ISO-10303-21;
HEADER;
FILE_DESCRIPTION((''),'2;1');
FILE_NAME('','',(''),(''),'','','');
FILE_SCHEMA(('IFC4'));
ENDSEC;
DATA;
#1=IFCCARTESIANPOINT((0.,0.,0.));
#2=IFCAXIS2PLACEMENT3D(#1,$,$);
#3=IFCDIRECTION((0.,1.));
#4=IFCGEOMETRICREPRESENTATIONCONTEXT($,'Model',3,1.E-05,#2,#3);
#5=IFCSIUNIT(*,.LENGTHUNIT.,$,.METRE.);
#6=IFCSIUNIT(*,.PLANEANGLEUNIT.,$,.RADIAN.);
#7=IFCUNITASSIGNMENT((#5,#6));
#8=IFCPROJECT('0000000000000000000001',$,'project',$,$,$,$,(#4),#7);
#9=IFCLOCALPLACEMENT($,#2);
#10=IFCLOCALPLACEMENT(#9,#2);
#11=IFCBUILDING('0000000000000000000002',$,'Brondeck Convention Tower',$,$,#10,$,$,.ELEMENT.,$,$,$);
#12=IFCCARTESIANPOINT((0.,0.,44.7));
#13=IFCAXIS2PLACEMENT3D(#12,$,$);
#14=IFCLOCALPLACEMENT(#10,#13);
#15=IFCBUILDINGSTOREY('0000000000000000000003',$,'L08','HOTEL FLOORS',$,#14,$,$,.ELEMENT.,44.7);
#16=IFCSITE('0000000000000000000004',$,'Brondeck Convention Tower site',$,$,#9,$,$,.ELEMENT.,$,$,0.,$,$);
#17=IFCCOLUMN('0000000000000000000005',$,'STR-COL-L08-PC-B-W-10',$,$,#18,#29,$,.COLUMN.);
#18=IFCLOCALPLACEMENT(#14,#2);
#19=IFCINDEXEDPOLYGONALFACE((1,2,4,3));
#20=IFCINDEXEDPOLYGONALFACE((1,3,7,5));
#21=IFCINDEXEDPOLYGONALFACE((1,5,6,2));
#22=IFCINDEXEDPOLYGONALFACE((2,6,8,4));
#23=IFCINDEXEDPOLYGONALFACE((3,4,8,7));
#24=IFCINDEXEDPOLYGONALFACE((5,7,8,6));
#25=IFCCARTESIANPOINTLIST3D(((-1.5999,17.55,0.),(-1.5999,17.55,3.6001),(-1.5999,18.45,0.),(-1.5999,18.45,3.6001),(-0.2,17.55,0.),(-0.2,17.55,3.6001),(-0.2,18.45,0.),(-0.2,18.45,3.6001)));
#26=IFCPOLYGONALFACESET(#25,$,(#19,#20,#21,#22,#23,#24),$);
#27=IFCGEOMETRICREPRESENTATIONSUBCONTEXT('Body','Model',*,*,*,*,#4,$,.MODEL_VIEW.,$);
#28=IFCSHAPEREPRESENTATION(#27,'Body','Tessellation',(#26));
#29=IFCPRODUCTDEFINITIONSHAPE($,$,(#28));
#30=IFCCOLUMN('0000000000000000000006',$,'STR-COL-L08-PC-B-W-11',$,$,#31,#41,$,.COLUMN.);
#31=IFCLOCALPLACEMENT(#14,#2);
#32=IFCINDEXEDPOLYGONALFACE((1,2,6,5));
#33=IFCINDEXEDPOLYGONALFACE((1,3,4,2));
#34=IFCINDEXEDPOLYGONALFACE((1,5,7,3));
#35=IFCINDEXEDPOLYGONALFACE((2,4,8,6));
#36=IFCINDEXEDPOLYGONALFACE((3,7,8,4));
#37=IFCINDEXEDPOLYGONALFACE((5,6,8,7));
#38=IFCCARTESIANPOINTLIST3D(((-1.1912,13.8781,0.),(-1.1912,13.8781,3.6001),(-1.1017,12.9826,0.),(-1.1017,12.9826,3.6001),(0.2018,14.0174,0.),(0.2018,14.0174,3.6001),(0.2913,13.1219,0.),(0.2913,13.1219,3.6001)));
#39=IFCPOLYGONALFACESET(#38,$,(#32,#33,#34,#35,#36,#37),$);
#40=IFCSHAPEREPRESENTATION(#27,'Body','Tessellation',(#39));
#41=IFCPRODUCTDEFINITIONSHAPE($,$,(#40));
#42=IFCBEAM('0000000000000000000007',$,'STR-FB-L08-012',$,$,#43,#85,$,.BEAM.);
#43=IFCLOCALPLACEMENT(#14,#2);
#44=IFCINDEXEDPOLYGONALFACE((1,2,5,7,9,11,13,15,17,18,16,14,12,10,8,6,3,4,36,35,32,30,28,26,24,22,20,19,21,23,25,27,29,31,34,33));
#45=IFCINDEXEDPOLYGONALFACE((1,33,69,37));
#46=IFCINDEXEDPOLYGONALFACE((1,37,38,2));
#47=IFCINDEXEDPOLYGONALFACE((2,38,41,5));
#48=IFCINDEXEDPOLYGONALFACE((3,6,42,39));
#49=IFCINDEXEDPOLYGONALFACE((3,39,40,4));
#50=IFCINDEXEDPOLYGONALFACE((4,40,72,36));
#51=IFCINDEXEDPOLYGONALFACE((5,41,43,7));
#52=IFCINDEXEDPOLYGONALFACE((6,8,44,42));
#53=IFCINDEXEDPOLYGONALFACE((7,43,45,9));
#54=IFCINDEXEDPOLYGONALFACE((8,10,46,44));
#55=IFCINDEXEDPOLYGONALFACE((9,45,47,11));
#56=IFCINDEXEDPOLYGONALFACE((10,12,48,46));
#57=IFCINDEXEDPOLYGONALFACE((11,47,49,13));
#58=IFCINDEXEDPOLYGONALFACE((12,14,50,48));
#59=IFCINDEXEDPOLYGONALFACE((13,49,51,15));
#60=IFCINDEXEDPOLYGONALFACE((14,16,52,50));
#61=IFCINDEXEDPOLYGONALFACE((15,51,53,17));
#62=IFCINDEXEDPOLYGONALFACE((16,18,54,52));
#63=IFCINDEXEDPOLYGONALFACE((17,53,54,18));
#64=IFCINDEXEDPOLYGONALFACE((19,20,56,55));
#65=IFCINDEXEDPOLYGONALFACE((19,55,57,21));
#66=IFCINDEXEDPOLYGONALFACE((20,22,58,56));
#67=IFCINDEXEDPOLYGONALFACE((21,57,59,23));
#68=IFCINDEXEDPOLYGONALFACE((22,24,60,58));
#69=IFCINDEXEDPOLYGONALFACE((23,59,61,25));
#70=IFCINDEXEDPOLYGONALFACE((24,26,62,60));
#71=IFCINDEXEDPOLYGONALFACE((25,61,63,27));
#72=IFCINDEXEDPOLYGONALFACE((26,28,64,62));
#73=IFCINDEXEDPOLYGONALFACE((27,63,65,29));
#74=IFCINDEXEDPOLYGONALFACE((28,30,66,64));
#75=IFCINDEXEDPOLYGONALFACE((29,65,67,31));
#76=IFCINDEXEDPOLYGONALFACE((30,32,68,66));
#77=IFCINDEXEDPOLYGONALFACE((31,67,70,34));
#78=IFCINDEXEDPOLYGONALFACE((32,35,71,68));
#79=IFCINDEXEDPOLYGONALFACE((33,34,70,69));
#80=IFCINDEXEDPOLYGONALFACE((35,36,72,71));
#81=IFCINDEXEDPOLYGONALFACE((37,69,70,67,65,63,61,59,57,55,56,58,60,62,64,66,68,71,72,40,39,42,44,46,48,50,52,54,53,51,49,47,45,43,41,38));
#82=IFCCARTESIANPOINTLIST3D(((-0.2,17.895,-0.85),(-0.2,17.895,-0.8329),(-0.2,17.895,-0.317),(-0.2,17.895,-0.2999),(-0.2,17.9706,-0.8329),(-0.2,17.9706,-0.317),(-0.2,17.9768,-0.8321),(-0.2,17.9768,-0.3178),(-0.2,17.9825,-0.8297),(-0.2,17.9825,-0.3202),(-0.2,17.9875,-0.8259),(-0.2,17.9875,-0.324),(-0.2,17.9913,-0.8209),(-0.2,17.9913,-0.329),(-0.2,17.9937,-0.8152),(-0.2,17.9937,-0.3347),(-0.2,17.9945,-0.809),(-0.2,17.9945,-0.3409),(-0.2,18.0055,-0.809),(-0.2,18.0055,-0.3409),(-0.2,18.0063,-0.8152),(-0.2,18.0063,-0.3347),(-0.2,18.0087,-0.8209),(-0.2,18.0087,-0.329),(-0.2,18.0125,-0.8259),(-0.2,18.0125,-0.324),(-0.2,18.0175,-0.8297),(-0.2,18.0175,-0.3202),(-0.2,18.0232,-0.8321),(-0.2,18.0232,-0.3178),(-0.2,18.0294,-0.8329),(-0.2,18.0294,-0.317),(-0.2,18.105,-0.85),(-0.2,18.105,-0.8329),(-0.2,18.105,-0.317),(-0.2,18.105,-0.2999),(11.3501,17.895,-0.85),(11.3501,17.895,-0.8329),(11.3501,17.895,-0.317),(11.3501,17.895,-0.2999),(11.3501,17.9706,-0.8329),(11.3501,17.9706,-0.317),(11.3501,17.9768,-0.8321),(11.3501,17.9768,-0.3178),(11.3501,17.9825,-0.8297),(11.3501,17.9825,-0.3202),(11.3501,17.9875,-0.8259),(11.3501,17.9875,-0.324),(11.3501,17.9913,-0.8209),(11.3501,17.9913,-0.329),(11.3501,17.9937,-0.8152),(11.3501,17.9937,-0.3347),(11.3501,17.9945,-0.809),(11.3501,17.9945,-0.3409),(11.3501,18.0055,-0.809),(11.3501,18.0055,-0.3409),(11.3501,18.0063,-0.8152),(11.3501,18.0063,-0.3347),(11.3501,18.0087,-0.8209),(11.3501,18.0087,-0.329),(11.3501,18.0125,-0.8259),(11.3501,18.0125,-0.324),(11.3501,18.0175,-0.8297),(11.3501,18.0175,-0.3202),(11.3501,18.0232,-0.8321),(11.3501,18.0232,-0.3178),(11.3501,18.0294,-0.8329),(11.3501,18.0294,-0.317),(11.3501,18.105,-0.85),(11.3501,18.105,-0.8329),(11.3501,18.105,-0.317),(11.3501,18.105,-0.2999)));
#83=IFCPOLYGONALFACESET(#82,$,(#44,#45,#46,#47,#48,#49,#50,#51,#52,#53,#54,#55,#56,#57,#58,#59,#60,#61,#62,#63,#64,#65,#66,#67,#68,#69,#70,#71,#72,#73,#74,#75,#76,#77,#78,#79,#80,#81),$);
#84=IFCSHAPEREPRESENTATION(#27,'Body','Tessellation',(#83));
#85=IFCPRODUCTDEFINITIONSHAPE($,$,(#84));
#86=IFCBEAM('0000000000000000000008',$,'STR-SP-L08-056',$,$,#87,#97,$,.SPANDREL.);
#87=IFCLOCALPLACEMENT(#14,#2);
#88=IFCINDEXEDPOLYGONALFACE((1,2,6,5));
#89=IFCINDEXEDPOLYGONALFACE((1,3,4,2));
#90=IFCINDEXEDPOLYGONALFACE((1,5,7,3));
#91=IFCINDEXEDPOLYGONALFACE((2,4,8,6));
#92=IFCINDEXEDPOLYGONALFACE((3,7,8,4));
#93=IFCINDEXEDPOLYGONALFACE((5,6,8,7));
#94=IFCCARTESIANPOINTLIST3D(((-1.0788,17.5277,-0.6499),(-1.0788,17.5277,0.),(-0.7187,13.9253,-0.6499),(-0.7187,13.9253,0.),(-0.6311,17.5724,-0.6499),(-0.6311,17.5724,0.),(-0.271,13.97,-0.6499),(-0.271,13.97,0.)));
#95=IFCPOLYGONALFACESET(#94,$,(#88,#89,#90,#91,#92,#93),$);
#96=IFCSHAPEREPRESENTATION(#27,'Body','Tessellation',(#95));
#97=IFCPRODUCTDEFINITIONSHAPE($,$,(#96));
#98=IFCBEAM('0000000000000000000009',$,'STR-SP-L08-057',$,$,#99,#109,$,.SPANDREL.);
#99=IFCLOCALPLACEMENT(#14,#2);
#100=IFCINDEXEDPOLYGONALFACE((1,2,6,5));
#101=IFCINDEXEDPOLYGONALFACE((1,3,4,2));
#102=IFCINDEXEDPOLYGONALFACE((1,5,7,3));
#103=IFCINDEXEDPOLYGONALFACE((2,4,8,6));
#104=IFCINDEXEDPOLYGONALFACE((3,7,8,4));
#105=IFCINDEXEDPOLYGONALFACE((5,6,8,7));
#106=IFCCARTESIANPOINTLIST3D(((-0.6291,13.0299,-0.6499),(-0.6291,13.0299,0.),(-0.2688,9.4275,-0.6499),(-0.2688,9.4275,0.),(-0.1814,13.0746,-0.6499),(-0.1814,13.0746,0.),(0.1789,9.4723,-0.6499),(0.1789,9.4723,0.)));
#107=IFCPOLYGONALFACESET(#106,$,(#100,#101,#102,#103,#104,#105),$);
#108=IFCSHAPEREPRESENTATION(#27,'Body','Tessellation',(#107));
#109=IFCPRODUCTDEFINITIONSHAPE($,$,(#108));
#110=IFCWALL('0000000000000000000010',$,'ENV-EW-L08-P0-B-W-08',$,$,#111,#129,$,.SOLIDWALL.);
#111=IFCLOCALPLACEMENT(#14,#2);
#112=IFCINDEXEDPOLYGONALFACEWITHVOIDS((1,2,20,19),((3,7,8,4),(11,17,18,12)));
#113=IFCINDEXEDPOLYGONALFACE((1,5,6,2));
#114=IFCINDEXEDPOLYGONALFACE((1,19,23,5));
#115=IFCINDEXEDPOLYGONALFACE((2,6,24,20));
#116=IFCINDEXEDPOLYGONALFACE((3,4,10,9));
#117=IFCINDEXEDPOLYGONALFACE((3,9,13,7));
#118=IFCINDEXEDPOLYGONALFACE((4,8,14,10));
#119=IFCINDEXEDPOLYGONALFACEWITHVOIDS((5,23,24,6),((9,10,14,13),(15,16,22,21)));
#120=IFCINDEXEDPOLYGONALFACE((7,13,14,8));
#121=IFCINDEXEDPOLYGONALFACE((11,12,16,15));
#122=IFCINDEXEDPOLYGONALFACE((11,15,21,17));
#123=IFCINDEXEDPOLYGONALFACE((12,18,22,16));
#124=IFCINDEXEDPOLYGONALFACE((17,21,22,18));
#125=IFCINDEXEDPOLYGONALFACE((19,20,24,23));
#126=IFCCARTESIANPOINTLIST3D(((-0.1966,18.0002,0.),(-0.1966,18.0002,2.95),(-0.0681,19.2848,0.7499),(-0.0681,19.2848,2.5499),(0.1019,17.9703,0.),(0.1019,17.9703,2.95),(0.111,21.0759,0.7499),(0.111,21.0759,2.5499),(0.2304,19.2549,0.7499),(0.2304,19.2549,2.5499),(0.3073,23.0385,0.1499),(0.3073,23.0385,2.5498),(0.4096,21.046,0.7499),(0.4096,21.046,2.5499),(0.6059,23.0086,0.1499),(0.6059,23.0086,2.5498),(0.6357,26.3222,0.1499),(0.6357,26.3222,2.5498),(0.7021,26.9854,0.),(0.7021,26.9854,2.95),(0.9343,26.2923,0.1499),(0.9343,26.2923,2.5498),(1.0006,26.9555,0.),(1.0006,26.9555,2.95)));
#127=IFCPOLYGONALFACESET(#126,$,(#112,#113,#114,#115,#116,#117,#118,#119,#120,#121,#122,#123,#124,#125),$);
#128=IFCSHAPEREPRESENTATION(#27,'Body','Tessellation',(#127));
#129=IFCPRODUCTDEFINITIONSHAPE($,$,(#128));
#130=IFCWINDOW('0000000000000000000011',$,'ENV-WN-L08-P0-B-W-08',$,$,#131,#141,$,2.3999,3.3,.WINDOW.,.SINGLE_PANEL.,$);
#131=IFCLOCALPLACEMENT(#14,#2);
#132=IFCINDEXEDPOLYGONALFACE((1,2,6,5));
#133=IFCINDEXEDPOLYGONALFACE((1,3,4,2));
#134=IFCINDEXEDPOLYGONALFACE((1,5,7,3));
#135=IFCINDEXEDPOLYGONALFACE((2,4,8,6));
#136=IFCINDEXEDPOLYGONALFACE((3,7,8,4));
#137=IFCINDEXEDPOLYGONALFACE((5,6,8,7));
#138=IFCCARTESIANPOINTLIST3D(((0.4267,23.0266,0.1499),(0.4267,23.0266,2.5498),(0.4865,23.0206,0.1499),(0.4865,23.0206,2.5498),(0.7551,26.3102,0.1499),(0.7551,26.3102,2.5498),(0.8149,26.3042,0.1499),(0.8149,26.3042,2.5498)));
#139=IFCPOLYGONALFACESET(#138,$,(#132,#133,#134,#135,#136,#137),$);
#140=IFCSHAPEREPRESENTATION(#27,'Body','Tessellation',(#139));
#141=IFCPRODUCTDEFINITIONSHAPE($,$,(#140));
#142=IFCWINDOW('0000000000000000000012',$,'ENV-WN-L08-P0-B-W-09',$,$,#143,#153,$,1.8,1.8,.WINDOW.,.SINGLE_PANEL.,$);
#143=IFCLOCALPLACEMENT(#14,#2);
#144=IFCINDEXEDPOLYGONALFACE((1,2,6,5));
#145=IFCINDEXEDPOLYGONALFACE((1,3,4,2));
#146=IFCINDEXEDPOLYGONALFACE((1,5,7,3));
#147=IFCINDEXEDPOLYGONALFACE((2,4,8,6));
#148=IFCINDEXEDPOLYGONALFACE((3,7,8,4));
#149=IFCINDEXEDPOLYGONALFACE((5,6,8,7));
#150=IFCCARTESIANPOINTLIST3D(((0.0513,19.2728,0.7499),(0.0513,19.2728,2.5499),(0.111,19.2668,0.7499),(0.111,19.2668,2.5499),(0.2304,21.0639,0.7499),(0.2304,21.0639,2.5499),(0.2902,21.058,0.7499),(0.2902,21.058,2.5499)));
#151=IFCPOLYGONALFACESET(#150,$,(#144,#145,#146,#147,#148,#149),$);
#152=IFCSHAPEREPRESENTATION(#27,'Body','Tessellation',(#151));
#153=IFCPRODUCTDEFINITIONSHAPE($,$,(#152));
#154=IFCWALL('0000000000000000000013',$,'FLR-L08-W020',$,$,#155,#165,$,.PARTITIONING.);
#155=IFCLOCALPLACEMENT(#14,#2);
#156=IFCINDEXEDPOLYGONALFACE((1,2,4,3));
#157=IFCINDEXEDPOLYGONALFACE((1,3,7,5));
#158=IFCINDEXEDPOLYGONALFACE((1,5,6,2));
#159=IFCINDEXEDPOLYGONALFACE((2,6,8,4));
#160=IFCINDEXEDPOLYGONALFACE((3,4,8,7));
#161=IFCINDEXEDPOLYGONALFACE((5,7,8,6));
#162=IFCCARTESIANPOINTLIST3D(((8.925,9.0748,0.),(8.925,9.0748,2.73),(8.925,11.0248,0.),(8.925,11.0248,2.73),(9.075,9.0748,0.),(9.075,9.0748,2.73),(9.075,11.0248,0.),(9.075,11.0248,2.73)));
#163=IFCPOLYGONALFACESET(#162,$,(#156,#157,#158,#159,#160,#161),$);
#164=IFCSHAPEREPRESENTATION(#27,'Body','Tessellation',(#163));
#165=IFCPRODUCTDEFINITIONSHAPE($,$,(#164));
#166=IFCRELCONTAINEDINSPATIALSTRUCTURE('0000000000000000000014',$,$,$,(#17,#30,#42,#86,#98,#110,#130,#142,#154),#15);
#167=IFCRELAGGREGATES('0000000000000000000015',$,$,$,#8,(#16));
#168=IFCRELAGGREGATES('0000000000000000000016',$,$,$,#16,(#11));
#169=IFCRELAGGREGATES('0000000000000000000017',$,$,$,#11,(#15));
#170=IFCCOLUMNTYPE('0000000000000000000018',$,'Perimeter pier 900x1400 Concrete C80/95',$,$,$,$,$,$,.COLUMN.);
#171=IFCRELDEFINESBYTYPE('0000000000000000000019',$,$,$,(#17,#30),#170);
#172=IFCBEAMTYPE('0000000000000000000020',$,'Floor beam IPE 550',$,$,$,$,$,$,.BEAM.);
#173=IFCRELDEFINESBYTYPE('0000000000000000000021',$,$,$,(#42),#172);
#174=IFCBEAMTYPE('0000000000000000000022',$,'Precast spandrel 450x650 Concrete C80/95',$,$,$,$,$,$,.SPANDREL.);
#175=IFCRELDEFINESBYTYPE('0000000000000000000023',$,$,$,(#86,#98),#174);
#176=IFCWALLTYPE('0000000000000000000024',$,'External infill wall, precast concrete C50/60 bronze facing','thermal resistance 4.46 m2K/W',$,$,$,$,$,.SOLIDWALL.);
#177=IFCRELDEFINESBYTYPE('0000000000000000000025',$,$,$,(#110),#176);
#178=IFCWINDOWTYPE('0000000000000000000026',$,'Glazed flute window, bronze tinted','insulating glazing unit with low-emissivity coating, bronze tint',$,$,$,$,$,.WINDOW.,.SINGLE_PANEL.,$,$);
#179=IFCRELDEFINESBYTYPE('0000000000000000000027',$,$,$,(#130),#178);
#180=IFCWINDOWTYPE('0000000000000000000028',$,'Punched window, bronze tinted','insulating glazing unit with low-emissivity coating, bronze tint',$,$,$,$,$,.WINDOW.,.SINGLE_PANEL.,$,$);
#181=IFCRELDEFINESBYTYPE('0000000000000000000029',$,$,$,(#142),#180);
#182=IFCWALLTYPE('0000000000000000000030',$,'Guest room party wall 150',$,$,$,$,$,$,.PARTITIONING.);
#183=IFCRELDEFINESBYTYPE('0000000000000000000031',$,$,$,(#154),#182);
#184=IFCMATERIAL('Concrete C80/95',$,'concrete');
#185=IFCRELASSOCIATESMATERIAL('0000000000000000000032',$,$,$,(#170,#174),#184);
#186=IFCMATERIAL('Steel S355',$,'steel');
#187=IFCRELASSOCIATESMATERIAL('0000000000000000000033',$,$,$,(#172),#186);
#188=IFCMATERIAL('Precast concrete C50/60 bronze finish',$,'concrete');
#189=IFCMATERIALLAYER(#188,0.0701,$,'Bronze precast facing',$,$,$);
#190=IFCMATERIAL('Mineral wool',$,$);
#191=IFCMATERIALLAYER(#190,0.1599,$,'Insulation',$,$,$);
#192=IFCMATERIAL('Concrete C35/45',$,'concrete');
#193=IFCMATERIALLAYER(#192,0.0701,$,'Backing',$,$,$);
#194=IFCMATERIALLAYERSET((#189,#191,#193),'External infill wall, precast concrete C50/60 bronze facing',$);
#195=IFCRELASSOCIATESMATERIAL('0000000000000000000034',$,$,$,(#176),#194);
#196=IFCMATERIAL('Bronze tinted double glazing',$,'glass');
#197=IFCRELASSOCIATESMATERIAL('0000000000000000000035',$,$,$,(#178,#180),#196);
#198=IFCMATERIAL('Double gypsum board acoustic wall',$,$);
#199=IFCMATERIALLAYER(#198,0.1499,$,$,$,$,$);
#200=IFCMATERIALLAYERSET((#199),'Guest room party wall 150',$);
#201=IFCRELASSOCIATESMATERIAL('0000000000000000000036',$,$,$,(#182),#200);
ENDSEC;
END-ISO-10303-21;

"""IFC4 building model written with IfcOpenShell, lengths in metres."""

from ifc_helpers import new_model, si_unit, direction, frame, frame_2d, origin, origin_2d, place, context, subcontext, project, spatial, rectangle, i_section, extrude, material, layer, layer_set, material_profile, profile_set, type_object, element, fill, save


model = new_model("IFC4")

# Units and contexts
model_context = context("Model", 3, precision=1e-05, world=origin(), true_north=direction((0.0, 1.0)))
body_context = subcontext(model_context, "Body", "Model", "MODEL_VIEW")
ifc_project = project(units=[si_unit("LENGTHUNIT", "METRE"), si_unit("PLANEANGLEUNIT", "RADIAN")], contexts=[model_context])

# Site, building, storey
site_placement = place(None, origin())
site = spatial("IfcSite", under=ifc_project, at=site_placement, Name="Brondeck Convention Tower site", CompositionType="ELEMENT", RefElevation=0.0)
building_placement = place(site_placement, origin())
building = spatial("IfcBuilding", under=site, at=building_placement, Name="Brondeck Convention Tower", CompositionType="ELEMENT")
storey_placement = place(building_placement, frame((0.0, 0.0, 44.7)))
storey = spatial("IfcBuildingStorey", under=building, at=storey_placement, Name="L08", Description="HOTEL FLOORS", CompositionType="ELEMENT", Elevation=44.7)

# Columns
ifc_material_1 = material(Name="Concrete C80/95", Category="concrete")
ifc_material_profile_1 = material_profile(ifc_material_1, rectangle(XDim=0.8999, YDim=1.3999, at=origin_2d()), Name="Perimeter pier 900x1400 Concrete C80/95")
ifc_profile_set_1 = profile_set([ifc_material_profile_1], Name="Concrete C80/95")
column_type = type_object("IfcColumnType", Name="Perimeter pier 900x1400 Concrete C80/95", PredefinedType="COLUMN", material=ifc_profile_set_1)
for number, where, z_axis, x_axis, name in (
    (1, (-0.8999, 18.0, 0.0), (0.0, 0.0, 1.0), (0.0, -1.0, 0.0), "STR-COL-L08-PC-B-W-10"),
    (2, (-0.45, 13.5, 0.0), (0.0, 0.0, 1.0), (0.099504, -0.995037, 0.0), "STR-COL-L08-PC-B-W-11"),
):
    element("IfcColumn", number, at=place(storey_placement, frame(where, z_axis=z_axis, x_axis=x_axis)), inside=storey, type_object=column_type, Name=name, PredefinedType="COLUMN", context=body_context, shape_type="SweptSolid", body=[
        extrude(rectangle(XDim=0.8999, YDim=1.3999, at=origin_2d()), origin(), (0.0, 0.0, 1.0), 3.6001),
    ])

# Beams
ifc_material_2 = material(Name="Steel S355", Category="steel")
ifc_material_profile_2 = material_profile(ifc_material_2, i_section(OverallWidth=0.21, OverallDepth=0.55, WebThickness=0.011, FlangeThickness=0.0171, FilletRadius=0.0239, at=origin_2d()), Name="IPE 550")
ifc_profile_set_2 = profile_set([ifc_material_profile_2], Name="Steel S355")
beam_type_1 = type_object("IfcBeamType", Name="Floor beam IPE 550", PredefinedType="BEAM", material=ifc_profile_set_2)
beam_placement = place(storey_placement, frame((-0.2, 18.0, -0.575), z_axis=(1.0, 0.0, 0.0), x_axis=(0.0, 1.0, 0.0)))
element("IfcBeam", 3, at=beam_placement, inside=storey, type_object=beam_type_1, Name="STR-FB-L08-012", PredefinedType="BEAM", context=body_context, shape_type="SweptSolid", body=[
    extrude(i_section(OverallWidth=0.21, OverallDepth=0.55, WebThickness=0.011, FlangeThickness=0.0171, FilletRadius=0.0239, at=origin_2d()), origin(), (0.0, 0.0, 1.0), 11.55),
])
ifc_material_profile_3 = material_profile(ifc_material_1, rectangle(XDim=0.45, YDim=0.6499, at=origin_2d()), Name="Precast spandrel 450x650 Concrete C80/95")
ifc_profile_set_3 = profile_set([ifc_material_profile_3], Name="Concrete C80/95")
beam_type_2 = type_object("IfcBeamType", Name="Precast spandrel 450x650 Concrete C80/95", PredefinedType="SPANDREL", material=ifc_profile_set_3)
for number, where, z_axis, x_axis, name in (
    (4, (-0.855, 17.55, -0.325), (0.09947, -0.995041, 0.0), (0.995041, 0.09947, 0.0), "STR-SP-L08-056"),
    (5, (-0.4053, 13.0522, -0.325), (0.099537, -0.995034, 0.0), (0.995034, 0.099537, 0.0), "STR-SP-L08-057"),
):
    element("IfcBeam", number, at=place(storey_placement, frame(where, z_axis=z_axis, x_axis=x_axis)), inside=storey, type_object=beam_type_2, Name=name, PredefinedType="SPANDREL", context=body_context, shape_type="SweptSolid", body=[
        extrude(rectangle(XDim=0.45, YDim=0.6499, at=origin_2d()), origin(), (0.0, 0.0, 1.0), 3.6204),
    ])

# Wall, openings, windows
ifc_material_3 = material(Name="Precast concrete C50/60 bronze finish", Category="concrete")
ifc_layer_1 = layer(ifc_material_3, 0.0701, Name="Bronze precast facing")
ifc_material_4 = material(Name="Mineral wool")
ifc_layer_2 = layer(ifc_material_4, 0.1599, Name="Insulation")
ifc_material_5 = material(Name="Concrete C35/45", Category="concrete")
ifc_layer_3 = layer(ifc_material_5, 0.0701, Name="Backing")
ifc_layer_set_1 = layer_set([ifc_layer_1, ifc_layer_2, ifc_layer_3], Name="External infill wall, precast concrete C50/60 bronze facing")
wall_type_1 = type_object("IfcWallType", Name="External infill wall, precast concrete C50/60 bronze facing", Description="thermal resistance 4.46 m2K/W", PredefinedType="SOLIDWALL", material=ifc_layer_set_1)
wall_1_placement = place(storey_placement, frame((-0.0474, 17.9851, 0.0), z_axis=(0.0, 0.0, 1.0), x_axis=(0.099522, 0.995035, 0.0)))
wall_1 = element("IfcWall", 6, at=wall_1_placement, inside=storey, type_object=wall_type_1, Name="ENV-EW-L08-P0-B-W-08", PredefinedType="SOLIDWALL", context=body_context, shape_type="SweptSolid", body=[
    extrude(rectangle(XDim=9.03, YDim=0.3, at=frame_2d((4.5151, 0.0))), origin(), (0.0, 0.0, 1.0), 2.95),
])
opening_1_placement = place(wall_1_placement, frame((1.2913, 0.0, 0.75)))
opening_1 = element("IfcOpeningElement", 7, at=opening_1_placement, cuts=wall_1, PredefinedType="OPENING", context=body_context, shape_type="SweptSolid", body=[
    extrude(rectangle(XDim=1.8, YDim=1.8, at=frame_2d((0.8999, 0.8999))), frame((0.0, 0.1599, 0.0), z_axis=(0.0, -1.0, 0.0), x_axis=(1.0, 0.0, 0.0)), (0.0, 0.0, 1.0), 0.3201),
])
opening_2_placement = place(wall_1_placement, frame((5.0637, 0.0, 0.1499)))
opening_2 = element("IfcOpeningElement", 8, at=opening_2_placement, cuts=wall_1, PredefinedType="OPENING", context=body_context, shape_type="SweptSolid", body=[
    extrude(rectangle(XDim=3.3, YDim=2.3999, at=frame_2d((1.6499, 1.2))), frame((0.0, 0.1599, 0.0), z_axis=(0.0, -1.0, 0.0), x_axis=(1.0, 0.0, 0.0)), (0.0, 0.0, 1.0), 0.3201),
])
ifc_material_6 = material(Name="Bronze tinted double glazing", Category="glass")
window_type_1 = type_object("IfcWindowType", Name="Glazed flute window, bronze tinted", Description="insulating glazing unit with low-emissivity coating, bronze tint", PartitioningType="SINGLE_PANEL", PredefinedType="WINDOW", material=ifc_material_6)
window_1_placement = place(opening_2_placement, origin())
window_1 = element("IfcWindow", 9, at=window_1_placement, inside=storey, type_object=window_type_1, Name="ENV-WN-L08-P0-B-W-08", OverallHeight=2.3999, OverallWidth=3.3, PartitioningType="SINGLE_PANEL", PredefinedType="WINDOW", context=body_context, shape_type="SweptSolid", body=[
    extrude(rectangle(XDim=3.3, YDim=2.3999, at=frame_2d((1.6499, 1.2))), frame((0.0, 0.03, 0.0), z_axis=(0.0, -1.0, 0.0), x_axis=(1.0, 0.0, 0.0)), (0.0, 0.0, 1.0), 0.0601),
])
fill(opening_2, window_1)
window_type_2 = type_object("IfcWindowType", Name="Punched window, bronze tinted", Description="insulating glazing unit with low-emissivity coating, bronze tint", PartitioningType="SINGLE_PANEL", PredefinedType="WINDOW", material=ifc_material_6)
window_2_placement = place(opening_1_placement, origin())
window_2 = element("IfcWindow", 10, at=window_2_placement, inside=storey, type_object=window_type_2, Name="ENV-WN-L08-P0-B-W-09", OverallHeight=1.8, OverallWidth=1.8, PartitioningType="SINGLE_PANEL", PredefinedType="WINDOW", context=body_context, shape_type="SweptSolid", body=[
    extrude(rectangle(XDim=1.8, YDim=1.8, at=frame_2d((0.8999, 0.8999))), frame((0.0, 0.03, 0.0), z_axis=(0.0, -1.0, 0.0), x_axis=(1.0, 0.0, 0.0)), (0.0, 0.0, 1.0), 0.0601),
])
fill(opening_1, window_2)

# Wall
ifc_material_7 = material(Name="Double gypsum board acoustic wall")
ifc_layer_4 = layer(ifc_material_7, 0.1499)
ifc_layer_set_2 = layer_set([ifc_layer_4], Name="Guest room party wall 150")
wall_type_2 = type_object("IfcWallType", Name="Guest room party wall 150", PredefinedType="PARTITIONING", material=ifc_layer_set_2)
wall_2_placement = place(storey_placement, frame((9.0, 11.0249, 0.0), z_axis=(0.0, 0.0, 1.0), x_axis=(0.0, -1.0, 0.0)))
element("IfcWall", 11, at=wall_2_placement, inside=storey, type_object=wall_type_2, Name="FLR-L08-W020", PredefinedType="PARTITIONING", context=body_context, shape_type="SweptSolid", body=[
    extrude(rectangle(XDim=1.95, YDim=0.1499, at=frame_2d((0.9751, 0.0))), origin(), (0.0, 0.0, 1.0), 2.73),
])

save(model, "model.ifc")
